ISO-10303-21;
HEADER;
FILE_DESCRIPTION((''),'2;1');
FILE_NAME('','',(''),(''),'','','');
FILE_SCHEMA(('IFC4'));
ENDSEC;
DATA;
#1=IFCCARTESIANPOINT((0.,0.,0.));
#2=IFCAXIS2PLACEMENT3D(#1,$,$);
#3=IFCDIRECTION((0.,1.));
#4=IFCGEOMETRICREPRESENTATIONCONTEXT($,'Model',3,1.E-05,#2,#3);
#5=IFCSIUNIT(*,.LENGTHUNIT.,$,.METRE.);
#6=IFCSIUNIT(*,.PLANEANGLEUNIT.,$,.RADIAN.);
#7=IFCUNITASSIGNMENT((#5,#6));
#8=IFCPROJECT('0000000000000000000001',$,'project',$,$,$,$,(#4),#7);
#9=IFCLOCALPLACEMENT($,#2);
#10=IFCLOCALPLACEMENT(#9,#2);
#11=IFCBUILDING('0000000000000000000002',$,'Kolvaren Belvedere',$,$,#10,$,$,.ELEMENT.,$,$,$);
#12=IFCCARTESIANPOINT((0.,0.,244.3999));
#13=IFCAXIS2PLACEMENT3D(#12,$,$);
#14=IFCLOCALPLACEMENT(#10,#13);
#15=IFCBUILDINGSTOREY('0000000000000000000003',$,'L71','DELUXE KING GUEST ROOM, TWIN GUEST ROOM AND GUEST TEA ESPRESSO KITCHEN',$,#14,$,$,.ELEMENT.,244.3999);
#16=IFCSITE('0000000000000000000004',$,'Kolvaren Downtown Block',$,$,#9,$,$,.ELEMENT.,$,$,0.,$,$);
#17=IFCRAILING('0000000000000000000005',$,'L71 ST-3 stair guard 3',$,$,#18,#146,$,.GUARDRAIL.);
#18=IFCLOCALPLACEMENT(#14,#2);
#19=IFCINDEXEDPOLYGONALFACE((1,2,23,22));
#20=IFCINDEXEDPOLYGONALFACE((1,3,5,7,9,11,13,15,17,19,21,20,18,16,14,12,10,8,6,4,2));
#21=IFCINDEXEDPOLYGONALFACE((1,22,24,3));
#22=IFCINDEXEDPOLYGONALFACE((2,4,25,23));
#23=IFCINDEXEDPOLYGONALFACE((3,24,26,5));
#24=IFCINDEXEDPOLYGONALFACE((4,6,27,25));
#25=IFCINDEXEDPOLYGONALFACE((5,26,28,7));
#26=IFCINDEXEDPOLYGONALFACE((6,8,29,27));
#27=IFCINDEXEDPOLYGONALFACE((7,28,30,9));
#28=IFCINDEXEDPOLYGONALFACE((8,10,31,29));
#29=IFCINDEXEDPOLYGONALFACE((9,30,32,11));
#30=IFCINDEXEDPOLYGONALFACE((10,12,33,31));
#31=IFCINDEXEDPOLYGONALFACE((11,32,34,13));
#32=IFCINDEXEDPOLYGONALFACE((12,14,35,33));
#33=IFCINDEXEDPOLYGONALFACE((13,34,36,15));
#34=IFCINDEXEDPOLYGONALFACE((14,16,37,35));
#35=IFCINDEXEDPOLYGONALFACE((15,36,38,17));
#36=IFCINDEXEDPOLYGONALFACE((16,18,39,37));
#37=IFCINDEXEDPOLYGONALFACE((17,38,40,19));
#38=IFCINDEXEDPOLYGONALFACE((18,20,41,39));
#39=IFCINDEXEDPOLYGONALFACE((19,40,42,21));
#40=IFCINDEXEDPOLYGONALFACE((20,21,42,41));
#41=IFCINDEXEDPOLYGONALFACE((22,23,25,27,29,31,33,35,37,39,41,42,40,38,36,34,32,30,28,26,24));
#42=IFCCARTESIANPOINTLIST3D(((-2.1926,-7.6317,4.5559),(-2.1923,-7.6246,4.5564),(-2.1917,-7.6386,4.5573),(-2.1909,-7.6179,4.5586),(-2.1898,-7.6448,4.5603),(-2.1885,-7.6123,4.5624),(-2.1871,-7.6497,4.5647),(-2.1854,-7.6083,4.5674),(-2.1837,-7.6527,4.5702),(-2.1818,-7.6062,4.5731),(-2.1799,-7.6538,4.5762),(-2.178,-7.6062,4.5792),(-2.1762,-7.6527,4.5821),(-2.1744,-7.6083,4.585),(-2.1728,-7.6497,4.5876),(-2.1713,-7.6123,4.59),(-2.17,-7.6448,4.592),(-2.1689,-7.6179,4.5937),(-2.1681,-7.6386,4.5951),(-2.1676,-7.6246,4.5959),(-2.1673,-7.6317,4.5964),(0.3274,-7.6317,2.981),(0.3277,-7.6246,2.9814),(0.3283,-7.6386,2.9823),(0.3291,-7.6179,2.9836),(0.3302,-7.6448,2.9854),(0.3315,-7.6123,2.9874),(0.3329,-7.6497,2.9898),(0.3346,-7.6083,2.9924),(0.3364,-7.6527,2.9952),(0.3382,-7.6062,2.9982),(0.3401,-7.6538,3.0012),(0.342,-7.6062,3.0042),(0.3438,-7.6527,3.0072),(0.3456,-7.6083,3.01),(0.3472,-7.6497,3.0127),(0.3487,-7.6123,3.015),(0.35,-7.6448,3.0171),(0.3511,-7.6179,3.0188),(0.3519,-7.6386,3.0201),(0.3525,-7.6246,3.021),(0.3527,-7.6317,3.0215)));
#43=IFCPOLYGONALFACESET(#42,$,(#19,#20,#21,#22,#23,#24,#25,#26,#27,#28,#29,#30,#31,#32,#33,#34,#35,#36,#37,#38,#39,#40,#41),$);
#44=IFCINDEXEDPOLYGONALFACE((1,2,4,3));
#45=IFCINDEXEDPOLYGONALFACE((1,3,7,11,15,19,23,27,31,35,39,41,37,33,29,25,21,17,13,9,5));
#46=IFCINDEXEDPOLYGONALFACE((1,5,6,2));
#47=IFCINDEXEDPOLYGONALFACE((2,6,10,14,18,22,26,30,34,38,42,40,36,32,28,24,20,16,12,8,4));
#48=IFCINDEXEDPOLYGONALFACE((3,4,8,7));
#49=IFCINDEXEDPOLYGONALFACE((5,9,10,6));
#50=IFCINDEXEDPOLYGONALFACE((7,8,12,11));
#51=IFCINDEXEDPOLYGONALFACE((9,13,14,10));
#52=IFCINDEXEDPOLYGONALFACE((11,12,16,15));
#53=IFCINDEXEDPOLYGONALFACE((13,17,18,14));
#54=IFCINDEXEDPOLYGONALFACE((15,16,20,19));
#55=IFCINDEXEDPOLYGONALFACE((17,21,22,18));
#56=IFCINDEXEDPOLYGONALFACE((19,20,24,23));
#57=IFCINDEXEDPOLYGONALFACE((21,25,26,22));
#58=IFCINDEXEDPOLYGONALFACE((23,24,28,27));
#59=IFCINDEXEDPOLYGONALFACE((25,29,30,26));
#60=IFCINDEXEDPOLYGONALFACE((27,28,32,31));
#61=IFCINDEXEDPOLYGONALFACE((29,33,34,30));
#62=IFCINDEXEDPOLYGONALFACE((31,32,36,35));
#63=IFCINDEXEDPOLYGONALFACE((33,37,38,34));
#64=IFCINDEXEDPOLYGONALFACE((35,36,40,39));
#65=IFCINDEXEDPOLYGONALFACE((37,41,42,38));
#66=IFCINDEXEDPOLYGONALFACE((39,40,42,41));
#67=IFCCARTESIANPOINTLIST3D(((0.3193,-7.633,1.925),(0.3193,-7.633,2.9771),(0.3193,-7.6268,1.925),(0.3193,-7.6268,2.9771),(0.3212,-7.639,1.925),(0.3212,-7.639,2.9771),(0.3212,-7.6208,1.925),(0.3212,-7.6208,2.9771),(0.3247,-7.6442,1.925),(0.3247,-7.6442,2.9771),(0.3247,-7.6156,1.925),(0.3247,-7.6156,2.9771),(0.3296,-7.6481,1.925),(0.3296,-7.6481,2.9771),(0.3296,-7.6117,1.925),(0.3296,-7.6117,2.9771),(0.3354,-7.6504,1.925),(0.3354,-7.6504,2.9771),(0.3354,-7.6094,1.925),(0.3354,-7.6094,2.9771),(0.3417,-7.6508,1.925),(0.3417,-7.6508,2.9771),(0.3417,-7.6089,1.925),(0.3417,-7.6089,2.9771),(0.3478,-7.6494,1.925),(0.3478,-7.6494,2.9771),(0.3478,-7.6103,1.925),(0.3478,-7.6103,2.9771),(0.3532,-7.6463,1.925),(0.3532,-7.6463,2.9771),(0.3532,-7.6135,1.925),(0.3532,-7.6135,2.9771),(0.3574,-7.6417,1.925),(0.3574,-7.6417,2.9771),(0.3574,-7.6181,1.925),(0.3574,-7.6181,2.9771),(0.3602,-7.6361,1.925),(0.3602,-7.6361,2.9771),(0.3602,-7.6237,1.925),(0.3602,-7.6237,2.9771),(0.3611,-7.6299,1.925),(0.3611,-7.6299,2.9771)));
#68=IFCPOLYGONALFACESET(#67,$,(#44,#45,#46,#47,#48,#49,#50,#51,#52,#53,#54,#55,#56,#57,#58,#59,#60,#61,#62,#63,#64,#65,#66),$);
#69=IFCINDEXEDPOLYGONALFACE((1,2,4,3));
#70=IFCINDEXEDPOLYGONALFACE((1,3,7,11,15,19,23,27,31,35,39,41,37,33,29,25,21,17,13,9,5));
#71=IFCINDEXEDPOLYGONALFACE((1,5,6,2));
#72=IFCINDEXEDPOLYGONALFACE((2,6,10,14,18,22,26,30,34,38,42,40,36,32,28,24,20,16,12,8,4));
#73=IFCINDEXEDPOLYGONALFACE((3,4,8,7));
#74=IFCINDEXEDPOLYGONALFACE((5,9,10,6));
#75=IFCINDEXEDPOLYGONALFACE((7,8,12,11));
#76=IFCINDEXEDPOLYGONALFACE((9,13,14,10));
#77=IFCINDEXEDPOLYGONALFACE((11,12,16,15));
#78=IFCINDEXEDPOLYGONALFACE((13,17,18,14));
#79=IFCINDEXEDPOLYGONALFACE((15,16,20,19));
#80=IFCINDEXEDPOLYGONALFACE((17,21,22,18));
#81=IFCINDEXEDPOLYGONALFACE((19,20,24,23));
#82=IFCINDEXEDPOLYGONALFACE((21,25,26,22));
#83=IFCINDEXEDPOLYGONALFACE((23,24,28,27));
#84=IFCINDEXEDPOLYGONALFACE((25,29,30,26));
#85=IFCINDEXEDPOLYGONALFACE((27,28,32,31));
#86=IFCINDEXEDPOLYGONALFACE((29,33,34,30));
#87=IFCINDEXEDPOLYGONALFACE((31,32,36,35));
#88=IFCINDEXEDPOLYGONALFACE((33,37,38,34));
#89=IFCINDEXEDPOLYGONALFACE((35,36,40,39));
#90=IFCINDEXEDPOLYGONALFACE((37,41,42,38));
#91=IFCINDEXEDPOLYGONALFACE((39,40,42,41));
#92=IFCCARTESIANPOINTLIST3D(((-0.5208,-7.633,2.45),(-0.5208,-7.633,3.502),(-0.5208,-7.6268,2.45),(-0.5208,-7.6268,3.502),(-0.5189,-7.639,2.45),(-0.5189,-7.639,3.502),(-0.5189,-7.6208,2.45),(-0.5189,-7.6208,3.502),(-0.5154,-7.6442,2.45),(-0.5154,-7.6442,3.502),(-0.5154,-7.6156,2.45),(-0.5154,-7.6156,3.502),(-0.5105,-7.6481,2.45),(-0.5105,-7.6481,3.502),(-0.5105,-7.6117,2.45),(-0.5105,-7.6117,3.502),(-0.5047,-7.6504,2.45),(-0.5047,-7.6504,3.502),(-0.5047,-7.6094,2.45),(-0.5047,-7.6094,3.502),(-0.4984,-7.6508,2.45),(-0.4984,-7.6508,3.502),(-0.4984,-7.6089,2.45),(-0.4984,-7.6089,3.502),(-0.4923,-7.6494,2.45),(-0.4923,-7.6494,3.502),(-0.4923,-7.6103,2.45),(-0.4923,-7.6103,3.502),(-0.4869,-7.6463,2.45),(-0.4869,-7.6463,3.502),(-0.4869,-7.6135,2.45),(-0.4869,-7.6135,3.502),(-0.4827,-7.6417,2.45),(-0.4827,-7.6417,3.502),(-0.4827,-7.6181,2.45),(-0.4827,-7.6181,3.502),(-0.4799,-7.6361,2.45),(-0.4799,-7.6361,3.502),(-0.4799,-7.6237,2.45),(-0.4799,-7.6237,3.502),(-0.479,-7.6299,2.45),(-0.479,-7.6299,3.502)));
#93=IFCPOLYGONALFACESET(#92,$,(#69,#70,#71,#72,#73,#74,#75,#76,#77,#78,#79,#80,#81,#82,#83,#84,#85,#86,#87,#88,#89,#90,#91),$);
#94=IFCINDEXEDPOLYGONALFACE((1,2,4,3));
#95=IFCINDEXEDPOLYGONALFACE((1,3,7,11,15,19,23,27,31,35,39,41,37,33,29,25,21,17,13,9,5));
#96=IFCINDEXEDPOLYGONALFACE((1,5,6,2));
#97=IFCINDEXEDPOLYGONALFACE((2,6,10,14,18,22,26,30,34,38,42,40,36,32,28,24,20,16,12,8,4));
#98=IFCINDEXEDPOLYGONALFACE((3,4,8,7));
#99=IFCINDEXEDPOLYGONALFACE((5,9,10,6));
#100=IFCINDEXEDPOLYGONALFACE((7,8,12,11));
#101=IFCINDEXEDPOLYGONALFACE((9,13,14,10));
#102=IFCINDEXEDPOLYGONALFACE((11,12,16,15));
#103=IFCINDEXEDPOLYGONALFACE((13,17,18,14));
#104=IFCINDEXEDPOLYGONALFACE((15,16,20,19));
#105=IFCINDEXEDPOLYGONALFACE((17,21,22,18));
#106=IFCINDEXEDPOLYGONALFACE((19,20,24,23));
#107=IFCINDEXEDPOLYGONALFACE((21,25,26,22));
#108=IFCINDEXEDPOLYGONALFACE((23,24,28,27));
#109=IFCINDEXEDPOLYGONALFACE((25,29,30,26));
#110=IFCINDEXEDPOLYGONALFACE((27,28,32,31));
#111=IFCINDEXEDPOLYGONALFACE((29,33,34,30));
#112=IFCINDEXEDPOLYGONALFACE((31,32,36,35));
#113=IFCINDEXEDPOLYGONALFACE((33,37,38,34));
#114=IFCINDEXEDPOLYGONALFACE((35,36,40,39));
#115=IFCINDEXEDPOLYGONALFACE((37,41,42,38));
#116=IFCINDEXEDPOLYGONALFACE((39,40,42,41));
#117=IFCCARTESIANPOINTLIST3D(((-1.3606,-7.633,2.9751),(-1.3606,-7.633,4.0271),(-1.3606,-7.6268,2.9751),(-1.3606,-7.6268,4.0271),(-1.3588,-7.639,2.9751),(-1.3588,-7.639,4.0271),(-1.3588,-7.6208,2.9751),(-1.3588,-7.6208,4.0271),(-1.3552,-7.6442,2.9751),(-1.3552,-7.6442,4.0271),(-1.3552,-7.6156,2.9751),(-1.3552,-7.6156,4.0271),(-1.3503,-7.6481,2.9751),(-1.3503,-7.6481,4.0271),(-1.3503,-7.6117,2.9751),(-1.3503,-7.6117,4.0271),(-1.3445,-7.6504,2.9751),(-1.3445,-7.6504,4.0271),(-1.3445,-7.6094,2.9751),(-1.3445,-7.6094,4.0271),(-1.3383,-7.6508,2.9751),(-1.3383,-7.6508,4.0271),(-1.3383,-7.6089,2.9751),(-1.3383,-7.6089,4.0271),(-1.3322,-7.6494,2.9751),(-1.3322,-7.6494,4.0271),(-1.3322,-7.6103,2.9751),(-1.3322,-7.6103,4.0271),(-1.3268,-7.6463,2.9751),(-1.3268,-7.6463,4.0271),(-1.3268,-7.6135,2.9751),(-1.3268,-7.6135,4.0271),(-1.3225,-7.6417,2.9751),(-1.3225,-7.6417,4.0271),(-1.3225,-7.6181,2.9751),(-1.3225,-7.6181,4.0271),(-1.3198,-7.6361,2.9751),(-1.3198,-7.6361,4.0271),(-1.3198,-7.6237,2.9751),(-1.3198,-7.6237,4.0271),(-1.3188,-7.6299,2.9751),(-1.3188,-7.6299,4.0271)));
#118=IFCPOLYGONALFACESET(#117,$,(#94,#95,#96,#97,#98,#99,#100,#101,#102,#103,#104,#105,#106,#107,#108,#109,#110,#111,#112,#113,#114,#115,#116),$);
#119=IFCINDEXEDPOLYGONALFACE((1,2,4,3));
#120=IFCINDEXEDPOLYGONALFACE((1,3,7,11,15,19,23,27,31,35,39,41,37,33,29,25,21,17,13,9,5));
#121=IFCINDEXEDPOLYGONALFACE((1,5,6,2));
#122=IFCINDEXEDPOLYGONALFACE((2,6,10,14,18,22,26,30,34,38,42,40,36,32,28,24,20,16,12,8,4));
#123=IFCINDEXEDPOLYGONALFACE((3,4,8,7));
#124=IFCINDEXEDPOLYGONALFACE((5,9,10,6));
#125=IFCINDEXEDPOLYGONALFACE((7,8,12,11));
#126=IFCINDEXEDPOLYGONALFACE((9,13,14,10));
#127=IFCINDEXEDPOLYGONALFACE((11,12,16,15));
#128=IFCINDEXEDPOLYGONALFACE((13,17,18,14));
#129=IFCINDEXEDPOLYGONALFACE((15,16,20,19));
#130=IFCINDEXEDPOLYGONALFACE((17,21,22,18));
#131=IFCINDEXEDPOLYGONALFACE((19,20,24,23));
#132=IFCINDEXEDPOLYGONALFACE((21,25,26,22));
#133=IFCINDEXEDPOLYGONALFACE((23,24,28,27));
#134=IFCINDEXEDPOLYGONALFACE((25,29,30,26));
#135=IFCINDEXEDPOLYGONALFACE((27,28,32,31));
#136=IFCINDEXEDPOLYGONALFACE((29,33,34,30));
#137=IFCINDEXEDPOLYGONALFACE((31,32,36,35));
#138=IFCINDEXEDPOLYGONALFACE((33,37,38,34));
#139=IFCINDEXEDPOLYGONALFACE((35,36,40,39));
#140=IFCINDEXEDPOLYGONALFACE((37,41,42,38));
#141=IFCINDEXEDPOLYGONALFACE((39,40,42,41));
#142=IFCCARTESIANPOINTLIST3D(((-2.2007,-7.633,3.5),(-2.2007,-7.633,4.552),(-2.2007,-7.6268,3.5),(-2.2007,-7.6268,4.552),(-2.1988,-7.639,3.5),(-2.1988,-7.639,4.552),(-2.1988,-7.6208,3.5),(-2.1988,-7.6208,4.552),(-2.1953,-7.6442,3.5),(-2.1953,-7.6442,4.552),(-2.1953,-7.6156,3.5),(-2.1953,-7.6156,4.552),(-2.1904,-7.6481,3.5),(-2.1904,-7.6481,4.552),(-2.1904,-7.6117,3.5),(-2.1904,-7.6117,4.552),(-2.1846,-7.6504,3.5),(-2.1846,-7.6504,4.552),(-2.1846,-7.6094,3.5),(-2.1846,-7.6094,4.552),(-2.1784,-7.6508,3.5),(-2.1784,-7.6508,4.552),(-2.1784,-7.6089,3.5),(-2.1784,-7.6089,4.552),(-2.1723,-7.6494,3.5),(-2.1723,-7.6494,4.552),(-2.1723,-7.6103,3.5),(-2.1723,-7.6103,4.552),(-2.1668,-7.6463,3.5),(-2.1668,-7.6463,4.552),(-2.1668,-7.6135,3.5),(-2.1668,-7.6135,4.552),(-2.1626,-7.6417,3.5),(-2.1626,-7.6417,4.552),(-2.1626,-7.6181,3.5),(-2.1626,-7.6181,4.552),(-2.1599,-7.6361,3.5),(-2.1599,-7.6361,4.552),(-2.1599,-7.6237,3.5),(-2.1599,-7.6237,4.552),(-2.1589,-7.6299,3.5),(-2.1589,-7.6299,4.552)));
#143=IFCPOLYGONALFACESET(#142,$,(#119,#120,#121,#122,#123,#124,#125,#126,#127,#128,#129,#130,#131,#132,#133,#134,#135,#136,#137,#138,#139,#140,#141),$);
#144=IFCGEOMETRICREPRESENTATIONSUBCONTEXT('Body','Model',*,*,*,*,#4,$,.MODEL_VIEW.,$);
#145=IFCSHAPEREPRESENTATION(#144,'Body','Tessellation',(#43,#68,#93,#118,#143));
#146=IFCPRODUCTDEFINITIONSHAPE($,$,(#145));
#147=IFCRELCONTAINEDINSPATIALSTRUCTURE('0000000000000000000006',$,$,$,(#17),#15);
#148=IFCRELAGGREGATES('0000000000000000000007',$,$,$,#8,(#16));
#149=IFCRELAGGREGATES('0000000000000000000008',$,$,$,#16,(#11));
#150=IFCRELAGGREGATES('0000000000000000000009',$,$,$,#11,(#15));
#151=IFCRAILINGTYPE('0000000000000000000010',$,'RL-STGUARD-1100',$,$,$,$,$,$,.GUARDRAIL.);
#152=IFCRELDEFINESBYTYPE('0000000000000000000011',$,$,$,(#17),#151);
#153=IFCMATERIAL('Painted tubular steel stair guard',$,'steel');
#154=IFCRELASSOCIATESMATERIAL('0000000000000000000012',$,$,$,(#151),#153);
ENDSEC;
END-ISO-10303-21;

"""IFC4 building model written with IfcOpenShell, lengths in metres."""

from ifc_helpers import new_model, si_unit, direction, frame, origin, origin_2d, place, context, subcontext, project, spatial, circle, extrude, material, type_object, element, save


model = new_model("IFC4")

# Units and contexts
model_context = context("Model", 3, precision=1e-05, world=origin(), true_north=direction((0.0, 1.0)))
body_context = subcontext(model_context, "Body", "Model", "MODEL_VIEW")
ifc_project = project(units=[si_unit("LENGTHUNIT", "METRE"), si_unit("PLANEANGLEUNIT", "RADIAN")], contexts=[model_context])

# Site, building, storey
site_placement = place(None, origin())
site = spatial("IfcSite", under=ifc_project, at=site_placement, Name="Kolvaren Downtown Block", CompositionType="ELEMENT", RefElevation=0.0)
building_placement = place(site_placement, origin())
building = spatial("IfcBuilding", under=site, at=building_placement, Name="Kolvaren Belvedere", CompositionType="ELEMENT")
storey_placement = place(building_placement, frame((0.0, 0.0, 244.3999)))
storey = spatial("IfcBuildingStorey", under=building, at=storey_placement, Name="L71", Description="DELUXE KING GUEST ROOM, TWIN GUEST ROOM AND GUEST TEA ESPRESSO KITCHEN", CompositionType="ELEMENT", Elevation=244.3999)

# Railing
ifc_material_1 = material(Name="Painted tubular steel stair guard", Category="steel")
railing_type_1 = type_object("IfcRailingType", Name="RL-STGUARD-1100", PredefinedType="GUARDRAIL", material=ifc_material_1)
railing_1_placement = place(storey_placement, frame((0.3401, -7.6299, 1.925)))
element("IfcRailing", 1, at=railing_1_placement, inside=storey, type_object=railing_type_1, Name="L71 ST-3 stair guard 3", PredefinedType="GUARDRAIL", context=body_context, shape_type="SweptSolid", body=[
    extrude(circle(Radius=0.0239, at=origin_2d()), frame((0.0, 0.0, 1.0762), z_axis=(-0.848008, 0.0, 0.529984), x_axis=(0.0, -1.0, 0.0)), (0.0, 0.0, 1.0), 2.9717),
    extrude(circle(Radius=0.021, at=origin_2d()), origin(), (0.0, 0.0, 1.0), 1.052),
    extrude(circle(Radius=0.021, at=origin_2d()), frame((-0.8401, 0.0, 0.5249)), (0.0, 0.0, 1.0), 1.052),
    extrude(circle(Radius=0.021, at=origin_2d()), frame((-1.6799, 0.0, 1.05)), (0.0, 0.0, 1.0), 1.052),
    extrude(circle(Radius=0.021, at=origin_2d()), frame((-2.52, 0.0, 1.575)), (0.0, 0.0, 1.0), 1.052),
])

save(model, "model.ifc")
